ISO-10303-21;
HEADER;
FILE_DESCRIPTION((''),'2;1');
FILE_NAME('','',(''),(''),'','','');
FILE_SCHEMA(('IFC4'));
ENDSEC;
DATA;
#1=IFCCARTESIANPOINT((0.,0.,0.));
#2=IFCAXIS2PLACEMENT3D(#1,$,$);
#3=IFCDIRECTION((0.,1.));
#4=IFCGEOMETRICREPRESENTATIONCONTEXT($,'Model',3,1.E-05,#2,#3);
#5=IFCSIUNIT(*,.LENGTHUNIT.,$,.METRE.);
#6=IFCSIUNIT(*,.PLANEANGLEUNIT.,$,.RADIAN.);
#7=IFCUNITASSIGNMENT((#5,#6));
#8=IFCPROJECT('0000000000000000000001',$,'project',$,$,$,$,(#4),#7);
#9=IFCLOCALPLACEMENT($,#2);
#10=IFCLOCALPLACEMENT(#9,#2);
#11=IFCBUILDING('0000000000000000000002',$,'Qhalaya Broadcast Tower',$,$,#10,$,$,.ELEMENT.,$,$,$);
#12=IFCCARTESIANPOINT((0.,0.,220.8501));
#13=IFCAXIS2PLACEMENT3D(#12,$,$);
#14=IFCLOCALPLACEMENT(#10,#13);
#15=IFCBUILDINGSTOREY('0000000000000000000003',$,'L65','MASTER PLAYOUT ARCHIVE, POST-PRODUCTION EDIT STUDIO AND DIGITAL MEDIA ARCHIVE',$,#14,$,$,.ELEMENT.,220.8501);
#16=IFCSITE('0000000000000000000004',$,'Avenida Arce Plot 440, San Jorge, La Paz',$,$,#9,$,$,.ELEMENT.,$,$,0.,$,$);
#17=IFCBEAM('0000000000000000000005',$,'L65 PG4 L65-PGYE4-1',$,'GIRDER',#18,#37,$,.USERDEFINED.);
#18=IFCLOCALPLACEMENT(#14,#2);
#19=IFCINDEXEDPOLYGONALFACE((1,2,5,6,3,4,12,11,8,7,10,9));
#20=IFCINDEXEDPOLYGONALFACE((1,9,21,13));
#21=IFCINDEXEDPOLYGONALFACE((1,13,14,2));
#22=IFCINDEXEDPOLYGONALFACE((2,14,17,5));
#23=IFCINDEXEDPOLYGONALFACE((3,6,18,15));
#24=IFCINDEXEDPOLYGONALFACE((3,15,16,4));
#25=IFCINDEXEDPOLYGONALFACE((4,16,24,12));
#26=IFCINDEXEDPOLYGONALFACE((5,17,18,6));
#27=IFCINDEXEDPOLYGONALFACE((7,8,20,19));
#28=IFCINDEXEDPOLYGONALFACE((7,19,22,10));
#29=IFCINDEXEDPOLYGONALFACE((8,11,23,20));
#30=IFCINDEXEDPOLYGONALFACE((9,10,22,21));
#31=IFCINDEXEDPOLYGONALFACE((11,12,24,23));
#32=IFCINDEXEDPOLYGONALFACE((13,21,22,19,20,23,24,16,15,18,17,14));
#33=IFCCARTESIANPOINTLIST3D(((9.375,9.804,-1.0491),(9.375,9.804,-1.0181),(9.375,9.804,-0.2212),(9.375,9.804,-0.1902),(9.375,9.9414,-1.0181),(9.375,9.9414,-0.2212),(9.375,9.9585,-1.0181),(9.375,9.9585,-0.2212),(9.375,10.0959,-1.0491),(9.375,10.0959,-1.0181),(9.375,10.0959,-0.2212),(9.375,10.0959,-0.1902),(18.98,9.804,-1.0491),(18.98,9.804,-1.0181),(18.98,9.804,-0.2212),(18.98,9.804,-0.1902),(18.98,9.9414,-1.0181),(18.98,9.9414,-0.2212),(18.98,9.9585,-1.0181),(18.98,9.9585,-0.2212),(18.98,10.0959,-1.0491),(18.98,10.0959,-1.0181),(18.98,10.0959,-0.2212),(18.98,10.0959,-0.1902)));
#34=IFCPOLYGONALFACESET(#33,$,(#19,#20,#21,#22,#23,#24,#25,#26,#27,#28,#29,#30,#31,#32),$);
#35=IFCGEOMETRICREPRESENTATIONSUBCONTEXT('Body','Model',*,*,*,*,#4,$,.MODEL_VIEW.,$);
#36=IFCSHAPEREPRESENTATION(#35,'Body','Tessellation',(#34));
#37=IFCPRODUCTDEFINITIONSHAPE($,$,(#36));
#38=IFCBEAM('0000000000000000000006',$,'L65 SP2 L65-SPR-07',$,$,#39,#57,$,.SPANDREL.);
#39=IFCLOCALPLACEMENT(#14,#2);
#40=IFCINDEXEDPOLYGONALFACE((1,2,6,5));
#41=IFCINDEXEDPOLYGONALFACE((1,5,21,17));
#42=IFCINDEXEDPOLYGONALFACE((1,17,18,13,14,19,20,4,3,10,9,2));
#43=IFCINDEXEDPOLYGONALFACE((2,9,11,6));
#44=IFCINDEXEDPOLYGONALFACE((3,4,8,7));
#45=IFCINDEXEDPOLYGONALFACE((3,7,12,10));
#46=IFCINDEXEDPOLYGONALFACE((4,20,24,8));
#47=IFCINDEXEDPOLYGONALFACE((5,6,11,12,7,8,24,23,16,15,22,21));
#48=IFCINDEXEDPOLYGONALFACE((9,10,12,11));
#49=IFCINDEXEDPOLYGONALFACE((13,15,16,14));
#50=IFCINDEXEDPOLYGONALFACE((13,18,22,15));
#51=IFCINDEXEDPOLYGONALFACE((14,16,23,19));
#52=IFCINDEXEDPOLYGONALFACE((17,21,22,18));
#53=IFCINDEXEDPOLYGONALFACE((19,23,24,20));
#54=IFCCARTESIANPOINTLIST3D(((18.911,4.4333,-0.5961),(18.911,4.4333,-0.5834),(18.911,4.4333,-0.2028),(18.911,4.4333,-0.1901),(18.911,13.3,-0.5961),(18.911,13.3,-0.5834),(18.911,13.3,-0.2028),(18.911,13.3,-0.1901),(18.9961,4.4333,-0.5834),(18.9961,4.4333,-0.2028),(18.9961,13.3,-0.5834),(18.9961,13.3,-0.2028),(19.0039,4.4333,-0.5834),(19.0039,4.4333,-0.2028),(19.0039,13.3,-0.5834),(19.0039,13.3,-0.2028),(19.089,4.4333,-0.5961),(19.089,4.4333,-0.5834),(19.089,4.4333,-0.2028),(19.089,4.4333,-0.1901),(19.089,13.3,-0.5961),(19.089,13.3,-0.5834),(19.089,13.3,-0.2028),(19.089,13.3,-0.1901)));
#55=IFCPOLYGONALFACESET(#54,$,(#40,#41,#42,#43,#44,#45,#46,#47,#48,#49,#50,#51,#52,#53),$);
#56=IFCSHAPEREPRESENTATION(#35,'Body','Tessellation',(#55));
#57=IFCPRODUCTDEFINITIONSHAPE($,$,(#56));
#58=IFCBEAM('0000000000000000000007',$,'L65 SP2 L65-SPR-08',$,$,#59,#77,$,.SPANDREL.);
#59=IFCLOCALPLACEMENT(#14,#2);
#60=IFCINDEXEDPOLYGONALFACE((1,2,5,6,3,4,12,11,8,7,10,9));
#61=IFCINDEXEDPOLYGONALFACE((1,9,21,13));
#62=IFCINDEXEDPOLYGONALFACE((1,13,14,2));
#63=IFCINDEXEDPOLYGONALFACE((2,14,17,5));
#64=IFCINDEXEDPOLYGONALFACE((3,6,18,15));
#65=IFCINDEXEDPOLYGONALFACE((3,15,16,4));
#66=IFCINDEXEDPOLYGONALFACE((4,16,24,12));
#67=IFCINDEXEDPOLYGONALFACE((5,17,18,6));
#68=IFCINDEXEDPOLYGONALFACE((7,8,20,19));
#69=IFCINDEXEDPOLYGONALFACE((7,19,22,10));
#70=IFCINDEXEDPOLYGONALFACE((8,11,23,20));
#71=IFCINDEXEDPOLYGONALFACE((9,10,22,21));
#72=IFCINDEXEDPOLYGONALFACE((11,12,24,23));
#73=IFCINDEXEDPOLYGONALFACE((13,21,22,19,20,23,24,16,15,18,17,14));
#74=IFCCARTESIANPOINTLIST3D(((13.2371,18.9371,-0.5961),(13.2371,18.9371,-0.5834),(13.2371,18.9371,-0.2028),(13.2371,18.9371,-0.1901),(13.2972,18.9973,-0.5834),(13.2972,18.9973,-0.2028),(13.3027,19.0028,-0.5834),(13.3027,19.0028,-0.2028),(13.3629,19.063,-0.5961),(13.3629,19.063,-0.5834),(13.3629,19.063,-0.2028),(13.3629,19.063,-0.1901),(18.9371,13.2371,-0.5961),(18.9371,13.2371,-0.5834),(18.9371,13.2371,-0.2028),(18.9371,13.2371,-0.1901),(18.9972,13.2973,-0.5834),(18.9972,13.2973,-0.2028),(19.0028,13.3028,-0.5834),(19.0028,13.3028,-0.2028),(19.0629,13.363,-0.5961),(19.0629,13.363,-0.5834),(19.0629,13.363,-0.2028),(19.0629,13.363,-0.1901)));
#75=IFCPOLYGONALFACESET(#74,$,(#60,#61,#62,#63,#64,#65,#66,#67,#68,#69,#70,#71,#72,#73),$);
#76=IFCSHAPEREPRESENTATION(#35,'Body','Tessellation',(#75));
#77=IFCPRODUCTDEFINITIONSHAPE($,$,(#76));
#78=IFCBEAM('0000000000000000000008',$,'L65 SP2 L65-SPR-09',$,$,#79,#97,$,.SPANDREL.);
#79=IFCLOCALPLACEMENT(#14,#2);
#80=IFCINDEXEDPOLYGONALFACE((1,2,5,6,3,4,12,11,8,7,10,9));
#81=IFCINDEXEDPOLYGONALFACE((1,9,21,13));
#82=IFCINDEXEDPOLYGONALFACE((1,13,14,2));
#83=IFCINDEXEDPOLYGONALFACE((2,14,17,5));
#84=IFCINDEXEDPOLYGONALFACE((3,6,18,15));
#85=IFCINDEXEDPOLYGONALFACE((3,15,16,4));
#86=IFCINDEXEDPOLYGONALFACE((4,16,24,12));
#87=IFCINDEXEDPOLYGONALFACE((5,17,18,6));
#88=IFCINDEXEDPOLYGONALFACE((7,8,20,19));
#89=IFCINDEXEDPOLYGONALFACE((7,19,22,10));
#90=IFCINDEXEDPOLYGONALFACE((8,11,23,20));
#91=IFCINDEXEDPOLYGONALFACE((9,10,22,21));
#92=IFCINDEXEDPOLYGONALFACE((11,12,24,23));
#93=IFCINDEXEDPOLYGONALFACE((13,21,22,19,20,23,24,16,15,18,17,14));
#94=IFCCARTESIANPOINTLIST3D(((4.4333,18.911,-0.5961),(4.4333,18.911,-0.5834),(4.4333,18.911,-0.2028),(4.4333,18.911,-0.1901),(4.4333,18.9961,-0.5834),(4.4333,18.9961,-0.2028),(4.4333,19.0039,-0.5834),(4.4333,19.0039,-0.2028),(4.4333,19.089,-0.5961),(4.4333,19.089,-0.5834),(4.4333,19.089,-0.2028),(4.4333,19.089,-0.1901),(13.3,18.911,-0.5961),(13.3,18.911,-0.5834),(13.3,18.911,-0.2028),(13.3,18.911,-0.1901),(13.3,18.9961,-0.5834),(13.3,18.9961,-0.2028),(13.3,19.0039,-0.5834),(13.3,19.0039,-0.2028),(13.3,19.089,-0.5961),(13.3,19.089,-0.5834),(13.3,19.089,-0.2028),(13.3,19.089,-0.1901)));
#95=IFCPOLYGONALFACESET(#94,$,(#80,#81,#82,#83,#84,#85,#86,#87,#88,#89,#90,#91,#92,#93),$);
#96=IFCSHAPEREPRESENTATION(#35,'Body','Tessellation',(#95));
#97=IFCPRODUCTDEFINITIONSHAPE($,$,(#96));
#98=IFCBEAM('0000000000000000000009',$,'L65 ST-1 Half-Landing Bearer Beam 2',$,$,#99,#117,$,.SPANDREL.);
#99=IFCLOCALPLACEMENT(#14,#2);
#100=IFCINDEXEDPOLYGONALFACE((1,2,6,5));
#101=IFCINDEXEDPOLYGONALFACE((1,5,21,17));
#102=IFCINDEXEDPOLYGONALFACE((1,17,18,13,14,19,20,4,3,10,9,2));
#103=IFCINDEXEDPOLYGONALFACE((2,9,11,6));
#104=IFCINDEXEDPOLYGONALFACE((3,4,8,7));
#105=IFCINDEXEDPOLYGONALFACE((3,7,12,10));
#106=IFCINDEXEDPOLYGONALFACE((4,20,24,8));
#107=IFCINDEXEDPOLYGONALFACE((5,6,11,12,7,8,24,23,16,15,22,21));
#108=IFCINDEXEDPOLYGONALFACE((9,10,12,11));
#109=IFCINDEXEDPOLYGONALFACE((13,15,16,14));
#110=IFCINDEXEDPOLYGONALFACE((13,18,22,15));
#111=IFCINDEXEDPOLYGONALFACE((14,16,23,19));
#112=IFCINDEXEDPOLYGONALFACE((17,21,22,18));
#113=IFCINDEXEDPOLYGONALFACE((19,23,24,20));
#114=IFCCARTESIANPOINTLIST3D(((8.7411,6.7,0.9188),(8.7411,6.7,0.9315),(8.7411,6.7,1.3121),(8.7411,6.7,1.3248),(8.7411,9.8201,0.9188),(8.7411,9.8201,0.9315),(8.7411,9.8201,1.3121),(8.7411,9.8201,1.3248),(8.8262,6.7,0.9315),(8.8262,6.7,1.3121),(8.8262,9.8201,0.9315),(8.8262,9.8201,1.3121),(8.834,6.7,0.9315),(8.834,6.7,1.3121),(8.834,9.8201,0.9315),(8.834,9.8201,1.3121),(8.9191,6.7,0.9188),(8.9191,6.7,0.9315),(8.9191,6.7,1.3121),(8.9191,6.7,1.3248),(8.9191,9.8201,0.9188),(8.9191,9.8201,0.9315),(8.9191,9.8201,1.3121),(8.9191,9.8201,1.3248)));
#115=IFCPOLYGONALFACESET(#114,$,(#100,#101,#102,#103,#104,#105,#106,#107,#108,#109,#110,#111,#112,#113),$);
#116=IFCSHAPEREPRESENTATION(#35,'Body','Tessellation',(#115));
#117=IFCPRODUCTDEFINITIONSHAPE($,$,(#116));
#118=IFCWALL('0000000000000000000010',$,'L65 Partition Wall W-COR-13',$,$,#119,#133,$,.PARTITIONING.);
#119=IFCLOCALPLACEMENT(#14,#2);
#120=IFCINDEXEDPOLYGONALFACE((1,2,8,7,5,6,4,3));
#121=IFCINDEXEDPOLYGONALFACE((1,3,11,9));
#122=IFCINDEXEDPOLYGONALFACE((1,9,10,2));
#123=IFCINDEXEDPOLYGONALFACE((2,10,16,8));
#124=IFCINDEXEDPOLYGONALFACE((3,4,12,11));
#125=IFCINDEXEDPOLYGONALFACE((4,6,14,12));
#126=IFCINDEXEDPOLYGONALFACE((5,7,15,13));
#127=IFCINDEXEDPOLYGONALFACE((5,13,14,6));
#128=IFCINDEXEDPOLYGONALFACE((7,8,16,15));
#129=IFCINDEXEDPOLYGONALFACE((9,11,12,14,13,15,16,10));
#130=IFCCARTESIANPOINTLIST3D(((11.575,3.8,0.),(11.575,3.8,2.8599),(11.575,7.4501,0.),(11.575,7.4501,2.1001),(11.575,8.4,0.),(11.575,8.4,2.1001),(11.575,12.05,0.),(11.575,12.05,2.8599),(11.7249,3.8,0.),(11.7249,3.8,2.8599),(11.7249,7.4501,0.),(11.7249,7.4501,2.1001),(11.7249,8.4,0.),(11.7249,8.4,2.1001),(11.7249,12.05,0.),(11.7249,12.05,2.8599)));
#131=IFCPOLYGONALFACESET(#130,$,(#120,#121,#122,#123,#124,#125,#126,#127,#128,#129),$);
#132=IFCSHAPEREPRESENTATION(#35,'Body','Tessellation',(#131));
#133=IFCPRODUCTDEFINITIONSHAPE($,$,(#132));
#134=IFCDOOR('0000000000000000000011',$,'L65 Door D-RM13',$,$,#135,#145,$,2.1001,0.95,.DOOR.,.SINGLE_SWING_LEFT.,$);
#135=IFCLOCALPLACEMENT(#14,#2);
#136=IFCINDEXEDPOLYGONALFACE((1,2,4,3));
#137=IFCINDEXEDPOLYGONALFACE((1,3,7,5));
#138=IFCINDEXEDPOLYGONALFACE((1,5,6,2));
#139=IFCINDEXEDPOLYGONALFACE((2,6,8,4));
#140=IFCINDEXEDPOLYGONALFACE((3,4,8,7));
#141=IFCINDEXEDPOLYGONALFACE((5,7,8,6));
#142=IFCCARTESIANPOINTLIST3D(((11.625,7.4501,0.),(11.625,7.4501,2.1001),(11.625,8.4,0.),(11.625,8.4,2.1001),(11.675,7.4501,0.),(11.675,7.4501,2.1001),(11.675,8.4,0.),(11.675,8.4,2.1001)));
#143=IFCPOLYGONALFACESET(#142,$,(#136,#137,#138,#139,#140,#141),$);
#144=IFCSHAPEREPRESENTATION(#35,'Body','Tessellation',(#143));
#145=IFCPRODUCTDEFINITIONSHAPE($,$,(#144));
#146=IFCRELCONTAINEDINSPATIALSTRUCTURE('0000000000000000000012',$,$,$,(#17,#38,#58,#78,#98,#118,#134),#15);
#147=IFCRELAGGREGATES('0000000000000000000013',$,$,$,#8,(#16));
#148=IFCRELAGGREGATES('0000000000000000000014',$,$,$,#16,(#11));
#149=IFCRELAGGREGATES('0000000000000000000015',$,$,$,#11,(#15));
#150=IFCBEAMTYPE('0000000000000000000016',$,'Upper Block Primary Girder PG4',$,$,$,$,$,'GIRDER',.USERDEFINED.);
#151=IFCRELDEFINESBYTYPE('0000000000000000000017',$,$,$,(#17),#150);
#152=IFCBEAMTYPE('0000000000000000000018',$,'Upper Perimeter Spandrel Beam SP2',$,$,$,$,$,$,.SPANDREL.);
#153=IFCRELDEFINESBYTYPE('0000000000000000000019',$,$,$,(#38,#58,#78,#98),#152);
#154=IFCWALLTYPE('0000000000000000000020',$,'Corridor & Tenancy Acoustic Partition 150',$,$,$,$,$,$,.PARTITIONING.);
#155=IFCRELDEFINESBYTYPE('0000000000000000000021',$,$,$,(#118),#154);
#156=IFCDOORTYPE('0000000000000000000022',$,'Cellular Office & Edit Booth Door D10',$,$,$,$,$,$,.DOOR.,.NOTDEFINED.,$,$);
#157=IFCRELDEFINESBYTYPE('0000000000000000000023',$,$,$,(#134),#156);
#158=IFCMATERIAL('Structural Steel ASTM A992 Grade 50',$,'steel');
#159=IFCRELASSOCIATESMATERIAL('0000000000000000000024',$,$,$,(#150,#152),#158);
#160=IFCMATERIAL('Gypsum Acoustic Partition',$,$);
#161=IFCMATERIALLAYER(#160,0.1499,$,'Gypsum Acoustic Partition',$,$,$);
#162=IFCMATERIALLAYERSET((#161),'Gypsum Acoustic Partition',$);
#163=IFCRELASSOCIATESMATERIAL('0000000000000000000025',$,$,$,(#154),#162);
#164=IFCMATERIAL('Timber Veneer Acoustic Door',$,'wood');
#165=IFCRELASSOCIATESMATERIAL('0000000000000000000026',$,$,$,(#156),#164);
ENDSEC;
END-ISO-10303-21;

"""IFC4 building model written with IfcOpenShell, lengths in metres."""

from ifc_helpers import new_model, si_unit, direction, frame, frame_2d, origin, origin_2d, place, context, subcontext, project, spatial, rectangle, i_section, extrude, material, layer, layer_set, material_profile, profile_set, type_object, element, fill, save


model = new_model("IFC4")

# Units and contexts
model_context = context("Model", 3, precision=1e-05, world=origin(), true_north=direction((0.0, 1.0)))
body_context = subcontext(model_context, "Body", "Model", "MODEL_VIEW")
ifc_project = project(units=[si_unit("LENGTHUNIT", "METRE"), si_unit("PLANEANGLEUNIT", "RADIAN")], contexts=[model_context])

# Site, building, storey
site_placement = place(None, origin())
site = spatial("IfcSite", under=ifc_project, at=site_placement, Name="Avenida Arce Plot 440, San Jorge, La Paz", CompositionType="ELEMENT", RefElevation=0.0)
building_placement = place(site_placement, origin())
building = spatial("IfcBuilding", under=site, at=building_placement, Name="Qhalaya Broadcast Tower", CompositionType="ELEMENT")
storey_placement = place(building_placement, frame((0.0, 0.0, 220.8501)))
storey = spatial("IfcBuildingStorey", under=building, at=storey_placement, Name="L65", Description="MASTER PLAYOUT ARCHIVE, POST-PRODUCTION EDIT STUDIO AND DIGITAL MEDIA ARCHIVE", CompositionType="ELEMENT", Elevation=220.8501)

# Beams
ifc_material_1 = material(Name="Structural Steel ASTM A992 Grade 50", Category="steel")
ifc_material_profile_1 = material_profile(ifc_material_1, i_section(OverallWidth=0.292, OverallDepth=0.8589, WebThickness=0.0171, FlangeThickness=0.031, at=origin_2d()), Name="W33X169")
ifc_profile_set_1 = profile_set([ifc_material_profile_1], Name="Structural Steel ASTM A992 Grade 50")
beam_type_1 = type_object("IfcBeamType", Name="Upper Block Primary Girder PG4", ElementType="GIRDER", PredefinedType="USERDEFINED", material=ifc_profile_set_1)
for number, where, z_axis, x_axis, name in (
    (1, (9.375, 9.95, -0.6196), (1.0, 0.0, 0.0), (0.0, 1.0, 0.0), "L65 PG4 L65-PGYE4-1"),
):
    element("IfcBeam", number, at=place(storey_placement, frame(where, z_axis=z_axis, x_axis=x_axis)), inside=storey, type_object=beam_type_1, Name=name, ObjectType="GIRDER", PredefinedType="USERDEFINED", context=body_context, shape_type="SweptSolid", body=[
        extrude(i_section(OverallWidth=0.292, OverallDepth=0.8589, WebThickness=0.0171, FlangeThickness=0.031, at=origin_2d()), origin(), (0.0, 0.0, 1.0), 9.605),
    ])
ifc_material_profile_2 = material_profile(ifc_material_1, i_section(OverallWidth=0.178, OverallDepth=0.406, WebThickness=0.0078, FlangeThickness=0.0127, at=origin_2d()), Name="W16X40")
ifc_profile_set_2 = profile_set([ifc_material_profile_2], Name="Structural Steel ASTM A992 Grade 50")
beam_type_2 = type_object("IfcBeamType", Name="Upper Perimeter Spandrel Beam SP2", PredefinedType="SPANDREL", material=ifc_profile_set_2)
beam_1_placement = place(storey_placement, frame((19.0, 4.4333, -0.3931), z_axis=(0.0, 1.0, 0.0), x_axis=(-1.0, 0.0, 0.0)))
element("IfcBeam", 2, at=beam_1_placement, inside=storey, type_object=beam_type_2, Name="L65 SP2 L65-SPR-07", PredefinedType="SPANDREL", context=body_context, shape_type="SweptSolid", body=[
    extrude(i_section(OverallWidth=0.178, OverallDepth=0.406, WebThickness=0.0078, FlangeThickness=0.0127, at=origin_2d()), origin(), (0.0, 0.0, 1.0), 8.8667),
])
beam_2_placement = place(storey_placement, frame((19.0, 13.3, -0.3931), z_axis=(-0.707107, 0.707107, 0.0), x_axis=(-0.707107, -0.707107, 0.0)))
element("IfcBeam", 3, at=beam_2_placement, inside=storey, type_object=beam_type_2, Name="L65 SP2 L65-SPR-08", PredefinedType="SPANDREL", context=body_context, shape_type="SweptSolid", body=[
    extrude(i_section(OverallWidth=0.178, OverallDepth=0.406, WebThickness=0.0078, FlangeThickness=0.0127, at=origin_2d()), origin(), (0.0, 0.0, 1.0), 8.061),
])
beam_3_placement = place(storey_placement, frame((13.3, 19.0, -0.3931), z_axis=(-1.0, 0.0, 0.0), x_axis=(0.0, -1.0, 0.0)))
element("IfcBeam", 4, at=beam_3_placement, inside=storey, type_object=beam_type_2, Name="L65 SP2 L65-SPR-09", PredefinedType="SPANDREL", context=body_context, shape_type="SweptSolid", body=[
    extrude(i_section(OverallWidth=0.178, OverallDepth=0.406, WebThickness=0.0078, FlangeThickness=0.0127, at=origin_2d()), origin(), (0.0, 0.0, 1.0), 8.8667),
])
beam_4_placement = place(storey_placement, frame((8.8301, 6.7, 1.1218), z_axis=(0.0, 1.0, 0.0), x_axis=(-1.0, 0.0, 0.0)))
element("IfcBeam", 5, at=beam_4_placement, inside=storey, type_object=beam_type_2, Name="L65 ST-1 Half-Landing Bearer Beam 2", PredefinedType="SPANDREL", context=body_context, shape_type="SweptSolid", body=[
    extrude(i_section(OverallWidth=0.178, OverallDepth=0.406, WebThickness=0.0078, FlangeThickness=0.0127, at=origin_2d()), origin(), (0.0, 0.0, 1.0), 3.1201),
])

# Wall, opening, door
ifc_material_2 = material(Name="Gypsum Acoustic Partition")
ifc_layer_1 = layer(ifc_material_2, 0.1499, Name="Gypsum Acoustic Partition")
ifc_layer_set_1 = layer_set([ifc_layer_1], Name="Gypsum Acoustic Partition")
wall_type_1 = type_object("IfcWallType", Name="Corridor & Tenancy Acoustic Partition 150", PredefinedType="PARTITIONING", material=ifc_layer_set_1)
wall_1_placement = place(storey_placement, frame((11.6499, 3.8, 0.0), z_axis=(0.0, 0.0, 1.0), x_axis=(0.0, 1.0, 0.0)))
wall_1 = element("IfcWall", 6, at=wall_1_placement, inside=storey, type_object=wall_type_1, Name="L65 Partition Wall W-COR-13", PredefinedType="PARTITIONING", context=body_context, shape_type="SweptSolid", body=[
    extrude(rectangle(XDim=8.25, YDim=0.1499, at=frame_2d((4.125, 0.0))), origin(), (0.0, 0.0, 1.0), 2.8599),
])
opening_1_placement = place(wall_1_placement, frame((3.6499, 0.0, 0.0)))
opening_1 = element("IfcOpeningElement", 7, at=opening_1_placement, cuts=wall_1, PredefinedType="OPENING", context=body_context, shape_type="SweptSolid", body=[
    extrude(rectangle(XDim=0.95, YDim=2.1001, at=frame_2d((0.4751, 1.05))), frame((0.0, 0.0869, 0.0), z_axis=(0.0, -1.0, 0.0), x_axis=(1.0, 0.0, 0.0)), (0.0, 0.0, 1.0), 0.1738),
])
ifc_material_3 = material(Name="Timber Veneer Acoustic Door", Category="wood")
door_type_1 = type_object("IfcDoorType", Name="Cellular Office & Edit Booth Door D10", OperationType="NOTDEFINED", PredefinedType="DOOR", material=ifc_material_3)
door_1_placement = place(opening_1_placement, origin())
door_1 = element("IfcDoor", 8, at=door_1_placement, inside=storey, type_object=door_type_1, Name="L65 Door D-RM13", OperationType="SINGLE_SWING_LEFT", OverallHeight=2.1001, OverallWidth=0.95, PredefinedType="DOOR", context=body_context, shape_type="SweptSolid", body=[
    extrude(rectangle(XDim=0.95, YDim=2.1001, at=frame_2d((0.4751, 1.05))), frame((0.0, 0.0249, 0.0), z_axis=(0.0, -1.0, 0.0), x_axis=(1.0, 0.0, 0.0)), (0.0, 0.0, 1.0), 0.05),
])
fill(opening_1, door_1)

save(model, "model.ifc")
